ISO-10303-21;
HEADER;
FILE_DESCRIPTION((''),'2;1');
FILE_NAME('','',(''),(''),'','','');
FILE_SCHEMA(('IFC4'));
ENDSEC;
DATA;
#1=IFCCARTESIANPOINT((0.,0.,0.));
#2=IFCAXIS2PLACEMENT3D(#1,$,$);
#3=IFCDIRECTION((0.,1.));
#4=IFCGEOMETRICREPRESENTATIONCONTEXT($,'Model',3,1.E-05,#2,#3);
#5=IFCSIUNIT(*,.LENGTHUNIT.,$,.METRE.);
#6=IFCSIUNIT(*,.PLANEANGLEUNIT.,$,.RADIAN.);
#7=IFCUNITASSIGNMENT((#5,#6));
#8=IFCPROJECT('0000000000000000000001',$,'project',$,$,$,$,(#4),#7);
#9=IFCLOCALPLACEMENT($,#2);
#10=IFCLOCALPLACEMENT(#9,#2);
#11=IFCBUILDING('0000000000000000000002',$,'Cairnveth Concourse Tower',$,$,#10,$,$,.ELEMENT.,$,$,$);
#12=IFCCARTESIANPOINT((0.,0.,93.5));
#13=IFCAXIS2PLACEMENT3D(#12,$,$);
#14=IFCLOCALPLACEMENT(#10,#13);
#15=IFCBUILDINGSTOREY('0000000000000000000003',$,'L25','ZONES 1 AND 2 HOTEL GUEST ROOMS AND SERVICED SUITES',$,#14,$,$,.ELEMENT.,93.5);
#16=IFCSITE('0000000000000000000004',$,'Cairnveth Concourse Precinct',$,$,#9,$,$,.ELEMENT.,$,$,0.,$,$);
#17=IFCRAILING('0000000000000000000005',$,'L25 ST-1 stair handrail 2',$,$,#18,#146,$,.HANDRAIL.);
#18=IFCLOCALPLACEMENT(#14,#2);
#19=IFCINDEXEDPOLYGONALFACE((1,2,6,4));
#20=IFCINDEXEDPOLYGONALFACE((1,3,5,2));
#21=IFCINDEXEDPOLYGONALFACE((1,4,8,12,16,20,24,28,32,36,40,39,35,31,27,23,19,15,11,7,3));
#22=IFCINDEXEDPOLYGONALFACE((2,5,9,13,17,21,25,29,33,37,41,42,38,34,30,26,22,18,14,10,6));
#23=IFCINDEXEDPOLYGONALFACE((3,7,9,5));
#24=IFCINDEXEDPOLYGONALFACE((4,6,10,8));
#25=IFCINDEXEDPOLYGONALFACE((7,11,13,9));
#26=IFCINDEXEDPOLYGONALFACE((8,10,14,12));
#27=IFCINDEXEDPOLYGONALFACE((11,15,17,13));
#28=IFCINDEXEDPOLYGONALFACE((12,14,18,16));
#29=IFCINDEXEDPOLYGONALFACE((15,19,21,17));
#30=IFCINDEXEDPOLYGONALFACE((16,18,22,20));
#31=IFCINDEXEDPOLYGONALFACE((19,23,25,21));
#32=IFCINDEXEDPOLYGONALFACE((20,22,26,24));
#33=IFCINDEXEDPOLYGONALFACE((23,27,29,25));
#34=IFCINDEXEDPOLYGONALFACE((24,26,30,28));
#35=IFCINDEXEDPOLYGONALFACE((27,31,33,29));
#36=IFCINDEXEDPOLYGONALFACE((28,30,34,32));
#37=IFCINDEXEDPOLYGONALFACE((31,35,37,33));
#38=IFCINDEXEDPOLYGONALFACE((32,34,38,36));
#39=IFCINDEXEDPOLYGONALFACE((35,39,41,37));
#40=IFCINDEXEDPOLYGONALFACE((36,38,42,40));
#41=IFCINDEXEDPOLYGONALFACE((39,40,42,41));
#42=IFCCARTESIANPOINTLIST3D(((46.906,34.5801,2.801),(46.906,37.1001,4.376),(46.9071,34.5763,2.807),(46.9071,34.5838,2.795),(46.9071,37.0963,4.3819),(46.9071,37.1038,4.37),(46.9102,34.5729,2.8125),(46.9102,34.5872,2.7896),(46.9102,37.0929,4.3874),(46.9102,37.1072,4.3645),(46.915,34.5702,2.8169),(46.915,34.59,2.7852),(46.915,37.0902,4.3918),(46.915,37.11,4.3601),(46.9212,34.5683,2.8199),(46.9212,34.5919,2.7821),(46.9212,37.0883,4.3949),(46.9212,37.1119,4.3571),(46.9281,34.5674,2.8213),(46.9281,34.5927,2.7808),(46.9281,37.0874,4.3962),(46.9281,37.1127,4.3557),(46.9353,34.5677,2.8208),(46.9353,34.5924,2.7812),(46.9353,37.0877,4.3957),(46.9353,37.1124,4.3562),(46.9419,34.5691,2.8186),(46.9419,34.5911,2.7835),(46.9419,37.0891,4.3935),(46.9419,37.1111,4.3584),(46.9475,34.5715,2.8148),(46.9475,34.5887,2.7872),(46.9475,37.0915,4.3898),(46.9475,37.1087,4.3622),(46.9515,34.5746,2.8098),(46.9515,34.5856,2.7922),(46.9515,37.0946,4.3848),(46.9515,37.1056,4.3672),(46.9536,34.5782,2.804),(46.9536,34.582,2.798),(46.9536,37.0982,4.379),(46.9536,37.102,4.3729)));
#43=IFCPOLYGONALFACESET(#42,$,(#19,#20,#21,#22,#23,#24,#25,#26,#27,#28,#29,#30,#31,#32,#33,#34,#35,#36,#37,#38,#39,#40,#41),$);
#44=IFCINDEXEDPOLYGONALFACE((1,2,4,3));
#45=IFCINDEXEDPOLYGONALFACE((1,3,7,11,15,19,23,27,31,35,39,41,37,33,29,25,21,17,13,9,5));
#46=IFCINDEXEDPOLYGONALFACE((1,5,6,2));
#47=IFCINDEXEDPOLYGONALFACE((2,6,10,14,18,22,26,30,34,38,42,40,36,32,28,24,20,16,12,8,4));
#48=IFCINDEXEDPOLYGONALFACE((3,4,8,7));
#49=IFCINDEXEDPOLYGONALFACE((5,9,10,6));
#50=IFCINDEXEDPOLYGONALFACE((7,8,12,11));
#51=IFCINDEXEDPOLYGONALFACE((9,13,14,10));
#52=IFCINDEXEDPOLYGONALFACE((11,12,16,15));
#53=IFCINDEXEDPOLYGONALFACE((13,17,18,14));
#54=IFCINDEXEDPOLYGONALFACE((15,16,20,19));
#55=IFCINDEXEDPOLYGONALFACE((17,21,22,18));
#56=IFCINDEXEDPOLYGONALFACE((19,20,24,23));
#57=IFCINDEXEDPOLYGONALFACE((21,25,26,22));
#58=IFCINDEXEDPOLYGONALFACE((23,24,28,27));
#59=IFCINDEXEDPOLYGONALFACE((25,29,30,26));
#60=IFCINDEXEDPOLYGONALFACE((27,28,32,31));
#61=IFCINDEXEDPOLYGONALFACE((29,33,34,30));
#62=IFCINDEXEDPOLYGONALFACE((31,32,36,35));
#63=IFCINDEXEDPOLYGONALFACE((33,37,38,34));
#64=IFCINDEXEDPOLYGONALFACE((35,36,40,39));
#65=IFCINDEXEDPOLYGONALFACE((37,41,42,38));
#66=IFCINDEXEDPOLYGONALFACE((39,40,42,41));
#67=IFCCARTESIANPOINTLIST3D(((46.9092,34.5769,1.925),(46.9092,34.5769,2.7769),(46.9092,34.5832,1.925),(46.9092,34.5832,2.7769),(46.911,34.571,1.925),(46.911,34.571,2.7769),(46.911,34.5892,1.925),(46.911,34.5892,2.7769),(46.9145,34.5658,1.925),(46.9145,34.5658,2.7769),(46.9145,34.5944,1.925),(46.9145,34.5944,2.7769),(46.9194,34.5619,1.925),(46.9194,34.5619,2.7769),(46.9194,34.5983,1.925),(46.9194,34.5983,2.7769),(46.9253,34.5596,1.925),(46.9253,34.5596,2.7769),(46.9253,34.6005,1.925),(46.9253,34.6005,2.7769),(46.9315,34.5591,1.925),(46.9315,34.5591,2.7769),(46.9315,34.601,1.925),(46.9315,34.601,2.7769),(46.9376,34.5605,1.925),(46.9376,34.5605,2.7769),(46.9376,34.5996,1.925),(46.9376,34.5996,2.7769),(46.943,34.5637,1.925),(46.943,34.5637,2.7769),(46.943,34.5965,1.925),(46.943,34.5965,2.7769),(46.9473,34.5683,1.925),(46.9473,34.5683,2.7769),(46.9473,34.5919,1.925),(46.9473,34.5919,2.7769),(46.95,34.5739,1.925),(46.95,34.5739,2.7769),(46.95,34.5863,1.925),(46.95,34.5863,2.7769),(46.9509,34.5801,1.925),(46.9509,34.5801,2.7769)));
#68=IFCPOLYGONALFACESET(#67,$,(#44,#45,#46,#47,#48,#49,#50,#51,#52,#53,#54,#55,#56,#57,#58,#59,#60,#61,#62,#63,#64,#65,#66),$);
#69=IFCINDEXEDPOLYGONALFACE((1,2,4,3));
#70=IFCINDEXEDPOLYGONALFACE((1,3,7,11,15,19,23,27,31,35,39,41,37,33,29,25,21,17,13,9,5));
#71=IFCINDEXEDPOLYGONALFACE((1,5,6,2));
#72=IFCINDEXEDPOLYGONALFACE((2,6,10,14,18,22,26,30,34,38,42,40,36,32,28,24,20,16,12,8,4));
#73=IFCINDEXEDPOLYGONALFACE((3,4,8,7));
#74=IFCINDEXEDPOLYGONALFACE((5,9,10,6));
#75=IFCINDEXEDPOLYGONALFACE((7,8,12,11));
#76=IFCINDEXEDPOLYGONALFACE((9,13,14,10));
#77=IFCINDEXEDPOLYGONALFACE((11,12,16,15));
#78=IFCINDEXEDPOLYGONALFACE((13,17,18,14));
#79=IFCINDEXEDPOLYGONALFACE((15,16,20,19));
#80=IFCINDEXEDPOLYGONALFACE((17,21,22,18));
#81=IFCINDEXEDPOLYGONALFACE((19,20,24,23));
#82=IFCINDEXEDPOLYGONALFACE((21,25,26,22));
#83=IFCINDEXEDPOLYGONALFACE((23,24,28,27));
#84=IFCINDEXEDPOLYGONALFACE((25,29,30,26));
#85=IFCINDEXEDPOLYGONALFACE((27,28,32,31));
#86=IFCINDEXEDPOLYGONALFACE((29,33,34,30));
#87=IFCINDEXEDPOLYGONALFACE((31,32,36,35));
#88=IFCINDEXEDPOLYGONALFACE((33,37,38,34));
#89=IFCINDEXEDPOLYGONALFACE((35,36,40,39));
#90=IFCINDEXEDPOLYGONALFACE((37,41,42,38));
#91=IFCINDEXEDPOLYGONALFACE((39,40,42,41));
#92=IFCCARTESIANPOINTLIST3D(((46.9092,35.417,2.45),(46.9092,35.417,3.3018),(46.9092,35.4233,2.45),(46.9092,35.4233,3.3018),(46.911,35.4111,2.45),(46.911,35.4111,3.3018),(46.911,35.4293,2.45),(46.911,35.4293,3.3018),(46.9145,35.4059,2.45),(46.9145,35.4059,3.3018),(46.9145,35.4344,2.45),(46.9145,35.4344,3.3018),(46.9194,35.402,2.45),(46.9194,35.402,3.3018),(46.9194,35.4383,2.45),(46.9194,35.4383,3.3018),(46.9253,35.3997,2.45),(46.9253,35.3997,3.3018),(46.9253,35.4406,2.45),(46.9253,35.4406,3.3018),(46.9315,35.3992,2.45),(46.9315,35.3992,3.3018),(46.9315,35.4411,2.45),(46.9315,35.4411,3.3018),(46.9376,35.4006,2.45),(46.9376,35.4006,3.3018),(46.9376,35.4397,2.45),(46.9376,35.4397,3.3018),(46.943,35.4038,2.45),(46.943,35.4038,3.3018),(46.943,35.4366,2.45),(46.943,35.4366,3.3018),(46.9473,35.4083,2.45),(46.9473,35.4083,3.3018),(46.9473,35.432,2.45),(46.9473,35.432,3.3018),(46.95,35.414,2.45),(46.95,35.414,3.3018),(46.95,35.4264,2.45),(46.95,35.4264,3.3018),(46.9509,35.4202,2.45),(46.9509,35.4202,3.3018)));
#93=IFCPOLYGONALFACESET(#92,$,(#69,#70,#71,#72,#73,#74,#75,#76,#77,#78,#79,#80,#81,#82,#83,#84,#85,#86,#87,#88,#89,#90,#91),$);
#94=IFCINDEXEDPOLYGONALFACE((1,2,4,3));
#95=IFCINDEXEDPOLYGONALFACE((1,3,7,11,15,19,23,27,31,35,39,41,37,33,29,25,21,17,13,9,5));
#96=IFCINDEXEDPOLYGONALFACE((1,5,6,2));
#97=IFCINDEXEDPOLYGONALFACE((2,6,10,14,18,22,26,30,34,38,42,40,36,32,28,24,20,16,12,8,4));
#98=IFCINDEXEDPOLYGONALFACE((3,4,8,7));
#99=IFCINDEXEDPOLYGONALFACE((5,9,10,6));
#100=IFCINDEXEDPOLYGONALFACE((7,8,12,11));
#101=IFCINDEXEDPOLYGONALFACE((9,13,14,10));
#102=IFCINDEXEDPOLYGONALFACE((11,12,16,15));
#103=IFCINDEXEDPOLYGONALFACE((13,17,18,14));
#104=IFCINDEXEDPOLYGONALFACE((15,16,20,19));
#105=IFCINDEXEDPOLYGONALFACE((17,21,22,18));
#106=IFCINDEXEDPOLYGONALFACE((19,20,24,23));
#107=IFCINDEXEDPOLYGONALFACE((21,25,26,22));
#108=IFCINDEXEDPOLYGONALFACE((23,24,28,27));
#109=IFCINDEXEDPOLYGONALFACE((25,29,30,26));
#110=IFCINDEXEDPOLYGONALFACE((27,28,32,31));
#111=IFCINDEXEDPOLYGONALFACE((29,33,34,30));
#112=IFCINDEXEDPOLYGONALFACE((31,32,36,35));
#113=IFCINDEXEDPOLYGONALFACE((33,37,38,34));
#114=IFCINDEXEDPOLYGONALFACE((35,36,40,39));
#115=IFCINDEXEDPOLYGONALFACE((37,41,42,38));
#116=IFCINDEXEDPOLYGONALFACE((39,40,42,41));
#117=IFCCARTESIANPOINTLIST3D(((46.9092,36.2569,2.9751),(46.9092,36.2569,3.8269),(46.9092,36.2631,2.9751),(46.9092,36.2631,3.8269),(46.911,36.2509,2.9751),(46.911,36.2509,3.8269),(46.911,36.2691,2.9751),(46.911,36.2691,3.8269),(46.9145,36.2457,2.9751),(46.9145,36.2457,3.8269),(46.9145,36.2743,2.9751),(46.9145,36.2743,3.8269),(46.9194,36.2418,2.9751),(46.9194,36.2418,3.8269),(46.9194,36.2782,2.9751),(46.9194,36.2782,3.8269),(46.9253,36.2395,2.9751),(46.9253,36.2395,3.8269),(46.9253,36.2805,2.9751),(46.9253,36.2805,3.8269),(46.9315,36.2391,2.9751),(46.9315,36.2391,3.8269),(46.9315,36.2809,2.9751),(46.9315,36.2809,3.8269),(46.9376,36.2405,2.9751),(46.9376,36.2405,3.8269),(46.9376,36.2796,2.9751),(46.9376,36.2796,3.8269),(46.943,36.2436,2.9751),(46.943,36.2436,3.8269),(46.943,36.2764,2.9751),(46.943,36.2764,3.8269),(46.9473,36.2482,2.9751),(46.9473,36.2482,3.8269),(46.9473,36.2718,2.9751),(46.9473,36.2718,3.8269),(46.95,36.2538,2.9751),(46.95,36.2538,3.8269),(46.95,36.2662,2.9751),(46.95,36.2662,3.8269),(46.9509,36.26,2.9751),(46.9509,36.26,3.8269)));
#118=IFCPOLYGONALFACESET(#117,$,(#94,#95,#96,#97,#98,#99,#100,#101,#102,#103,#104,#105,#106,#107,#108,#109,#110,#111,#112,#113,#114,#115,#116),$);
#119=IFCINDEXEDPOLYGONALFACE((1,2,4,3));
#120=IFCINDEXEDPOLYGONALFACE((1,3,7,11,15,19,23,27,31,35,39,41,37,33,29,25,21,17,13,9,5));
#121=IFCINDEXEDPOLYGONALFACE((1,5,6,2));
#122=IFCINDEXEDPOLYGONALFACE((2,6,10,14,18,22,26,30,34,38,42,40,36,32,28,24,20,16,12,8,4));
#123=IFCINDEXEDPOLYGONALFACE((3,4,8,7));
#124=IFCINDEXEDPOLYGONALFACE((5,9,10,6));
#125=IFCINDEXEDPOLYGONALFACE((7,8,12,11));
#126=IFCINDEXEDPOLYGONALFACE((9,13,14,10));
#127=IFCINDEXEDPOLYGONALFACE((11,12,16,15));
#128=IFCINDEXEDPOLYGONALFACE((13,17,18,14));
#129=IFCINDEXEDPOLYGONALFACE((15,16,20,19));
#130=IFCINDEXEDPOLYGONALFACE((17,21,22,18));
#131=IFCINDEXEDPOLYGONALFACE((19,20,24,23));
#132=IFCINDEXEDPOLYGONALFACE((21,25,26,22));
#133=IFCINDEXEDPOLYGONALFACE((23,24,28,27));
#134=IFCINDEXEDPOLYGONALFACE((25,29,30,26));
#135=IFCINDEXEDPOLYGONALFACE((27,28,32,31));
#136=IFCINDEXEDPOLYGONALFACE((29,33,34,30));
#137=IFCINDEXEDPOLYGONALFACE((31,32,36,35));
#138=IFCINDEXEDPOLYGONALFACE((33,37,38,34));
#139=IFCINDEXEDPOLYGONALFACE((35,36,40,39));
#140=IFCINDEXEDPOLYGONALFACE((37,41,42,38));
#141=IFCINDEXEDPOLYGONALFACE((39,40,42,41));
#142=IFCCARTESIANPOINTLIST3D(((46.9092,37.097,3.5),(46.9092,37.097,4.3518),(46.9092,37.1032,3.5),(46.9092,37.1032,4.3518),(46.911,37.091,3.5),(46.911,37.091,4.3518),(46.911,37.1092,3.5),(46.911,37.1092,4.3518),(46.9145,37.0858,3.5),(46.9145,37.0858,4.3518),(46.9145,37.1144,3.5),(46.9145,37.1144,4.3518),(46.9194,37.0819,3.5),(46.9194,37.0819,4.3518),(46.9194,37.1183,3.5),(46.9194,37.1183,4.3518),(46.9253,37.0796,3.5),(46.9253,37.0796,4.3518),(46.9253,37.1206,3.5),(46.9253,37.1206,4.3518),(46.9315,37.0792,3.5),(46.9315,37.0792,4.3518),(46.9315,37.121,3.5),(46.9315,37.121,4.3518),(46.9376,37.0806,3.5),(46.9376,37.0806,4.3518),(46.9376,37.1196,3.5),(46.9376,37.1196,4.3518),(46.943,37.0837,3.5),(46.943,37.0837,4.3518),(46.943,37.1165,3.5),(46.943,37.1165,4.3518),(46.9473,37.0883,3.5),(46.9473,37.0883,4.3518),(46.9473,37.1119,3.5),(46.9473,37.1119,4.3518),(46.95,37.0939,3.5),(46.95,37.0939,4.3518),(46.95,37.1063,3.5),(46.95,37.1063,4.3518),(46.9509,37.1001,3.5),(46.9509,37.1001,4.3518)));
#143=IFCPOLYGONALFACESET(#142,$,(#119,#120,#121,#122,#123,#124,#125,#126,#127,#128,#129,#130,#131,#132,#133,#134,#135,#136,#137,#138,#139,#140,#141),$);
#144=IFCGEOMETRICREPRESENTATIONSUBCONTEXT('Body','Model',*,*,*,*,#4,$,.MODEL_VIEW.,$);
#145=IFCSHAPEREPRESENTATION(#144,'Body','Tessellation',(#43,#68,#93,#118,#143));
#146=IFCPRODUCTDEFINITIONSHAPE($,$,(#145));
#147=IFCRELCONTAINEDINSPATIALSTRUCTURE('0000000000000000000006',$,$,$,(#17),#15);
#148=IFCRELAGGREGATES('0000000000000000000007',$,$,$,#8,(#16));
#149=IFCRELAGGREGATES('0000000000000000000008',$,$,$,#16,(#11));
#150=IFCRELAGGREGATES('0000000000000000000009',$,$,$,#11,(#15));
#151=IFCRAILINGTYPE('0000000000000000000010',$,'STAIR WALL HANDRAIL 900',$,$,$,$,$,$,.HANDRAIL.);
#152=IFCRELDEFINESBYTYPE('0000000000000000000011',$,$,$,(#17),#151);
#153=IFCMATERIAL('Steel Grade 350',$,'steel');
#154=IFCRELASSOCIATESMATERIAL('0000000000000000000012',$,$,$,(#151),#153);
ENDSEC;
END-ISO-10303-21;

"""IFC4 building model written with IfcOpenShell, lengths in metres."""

from ifc_helpers import new_model, si_unit, direction, frame, origin, origin_2d, place, context, subcontext, project, spatial, circle, extrude, material, type_object, element, save


model = new_model("IFC4")

# Units and contexts
model_context = context("Model", 3, precision=1e-05, world=origin(), true_north=direction((0.0, 1.0)))
body_context = subcontext(model_context, "Body", "Model", "MODEL_VIEW")
ifc_project = project(units=[si_unit("LENGTHUNIT", "METRE"), si_unit("PLANEANGLEUNIT", "RADIAN")], contexts=[model_context])

# Site, building, storey
site_placement = place(None, origin())
site = spatial("IfcSite", under=ifc_project, at=site_placement, Name="Cairnveth Concourse Precinct", CompositionType="ELEMENT", RefElevation=0.0)
building_placement = place(site_placement, origin())
building = spatial("IfcBuilding", under=site, at=building_placement, Name="Cairnveth Concourse Tower", CompositionType="ELEMENT")
storey_placement = place(building_placement, frame((0.0, 0.0, 93.5)))
storey = spatial("IfcBuildingStorey", under=building, at=storey_placement, Name="L25", Description="ZONES 1 AND 2 HOTEL GUEST ROOMS AND SERVICED SUITES", CompositionType="ELEMENT", Elevation=93.5)

# Railing
ifc_material_1 = material(Name="Steel Grade 350", Category="steel")
railing_type_1 = type_object("IfcRailingType", Name="STAIR WALL HANDRAIL 900", PredefinedType="HANDRAIL", material=ifc_material_1)
railing_1_placement = place(storey_placement, frame((46.9299, 34.5801, 1.925)))
element("IfcRailing", 1, at=railing_1_placement, inside=storey, type_object=railing_type_1, Name="L25 ST-1 stair handrail 2", PredefinedType="HANDRAIL", context=body_context, shape_type="SweptSolid", body=[
    extrude(circle(Radius=0.0239, at=origin_2d()), frame((0.0, 0.0, 0.876), z_axis=(0.0, 0.848008, 0.529984), x_axis=(-1.0, 0.0, 0.0)), (0.0, 0.0, 1.0), 2.9717),
    extrude(circle(Radius=0.021, at=origin_2d()), origin(), (0.0, 0.0, 1.0), 0.8518),
    extrude(circle(Radius=0.021, at=origin_2d()), frame((0.0, 0.8401, 0.5249)), (0.0, 0.0, 1.0), 0.8518),
    extrude(circle(Radius=0.021, at=origin_2d()), frame((0.0, 1.6799, 1.05)), (0.0, 0.0, 1.0), 0.8518),
    extrude(circle(Radius=0.021, at=origin_2d()), frame((0.0, 2.52, 1.575)), (0.0, 0.0, 1.0), 0.8518),
])

save(model, "model.ifc")
